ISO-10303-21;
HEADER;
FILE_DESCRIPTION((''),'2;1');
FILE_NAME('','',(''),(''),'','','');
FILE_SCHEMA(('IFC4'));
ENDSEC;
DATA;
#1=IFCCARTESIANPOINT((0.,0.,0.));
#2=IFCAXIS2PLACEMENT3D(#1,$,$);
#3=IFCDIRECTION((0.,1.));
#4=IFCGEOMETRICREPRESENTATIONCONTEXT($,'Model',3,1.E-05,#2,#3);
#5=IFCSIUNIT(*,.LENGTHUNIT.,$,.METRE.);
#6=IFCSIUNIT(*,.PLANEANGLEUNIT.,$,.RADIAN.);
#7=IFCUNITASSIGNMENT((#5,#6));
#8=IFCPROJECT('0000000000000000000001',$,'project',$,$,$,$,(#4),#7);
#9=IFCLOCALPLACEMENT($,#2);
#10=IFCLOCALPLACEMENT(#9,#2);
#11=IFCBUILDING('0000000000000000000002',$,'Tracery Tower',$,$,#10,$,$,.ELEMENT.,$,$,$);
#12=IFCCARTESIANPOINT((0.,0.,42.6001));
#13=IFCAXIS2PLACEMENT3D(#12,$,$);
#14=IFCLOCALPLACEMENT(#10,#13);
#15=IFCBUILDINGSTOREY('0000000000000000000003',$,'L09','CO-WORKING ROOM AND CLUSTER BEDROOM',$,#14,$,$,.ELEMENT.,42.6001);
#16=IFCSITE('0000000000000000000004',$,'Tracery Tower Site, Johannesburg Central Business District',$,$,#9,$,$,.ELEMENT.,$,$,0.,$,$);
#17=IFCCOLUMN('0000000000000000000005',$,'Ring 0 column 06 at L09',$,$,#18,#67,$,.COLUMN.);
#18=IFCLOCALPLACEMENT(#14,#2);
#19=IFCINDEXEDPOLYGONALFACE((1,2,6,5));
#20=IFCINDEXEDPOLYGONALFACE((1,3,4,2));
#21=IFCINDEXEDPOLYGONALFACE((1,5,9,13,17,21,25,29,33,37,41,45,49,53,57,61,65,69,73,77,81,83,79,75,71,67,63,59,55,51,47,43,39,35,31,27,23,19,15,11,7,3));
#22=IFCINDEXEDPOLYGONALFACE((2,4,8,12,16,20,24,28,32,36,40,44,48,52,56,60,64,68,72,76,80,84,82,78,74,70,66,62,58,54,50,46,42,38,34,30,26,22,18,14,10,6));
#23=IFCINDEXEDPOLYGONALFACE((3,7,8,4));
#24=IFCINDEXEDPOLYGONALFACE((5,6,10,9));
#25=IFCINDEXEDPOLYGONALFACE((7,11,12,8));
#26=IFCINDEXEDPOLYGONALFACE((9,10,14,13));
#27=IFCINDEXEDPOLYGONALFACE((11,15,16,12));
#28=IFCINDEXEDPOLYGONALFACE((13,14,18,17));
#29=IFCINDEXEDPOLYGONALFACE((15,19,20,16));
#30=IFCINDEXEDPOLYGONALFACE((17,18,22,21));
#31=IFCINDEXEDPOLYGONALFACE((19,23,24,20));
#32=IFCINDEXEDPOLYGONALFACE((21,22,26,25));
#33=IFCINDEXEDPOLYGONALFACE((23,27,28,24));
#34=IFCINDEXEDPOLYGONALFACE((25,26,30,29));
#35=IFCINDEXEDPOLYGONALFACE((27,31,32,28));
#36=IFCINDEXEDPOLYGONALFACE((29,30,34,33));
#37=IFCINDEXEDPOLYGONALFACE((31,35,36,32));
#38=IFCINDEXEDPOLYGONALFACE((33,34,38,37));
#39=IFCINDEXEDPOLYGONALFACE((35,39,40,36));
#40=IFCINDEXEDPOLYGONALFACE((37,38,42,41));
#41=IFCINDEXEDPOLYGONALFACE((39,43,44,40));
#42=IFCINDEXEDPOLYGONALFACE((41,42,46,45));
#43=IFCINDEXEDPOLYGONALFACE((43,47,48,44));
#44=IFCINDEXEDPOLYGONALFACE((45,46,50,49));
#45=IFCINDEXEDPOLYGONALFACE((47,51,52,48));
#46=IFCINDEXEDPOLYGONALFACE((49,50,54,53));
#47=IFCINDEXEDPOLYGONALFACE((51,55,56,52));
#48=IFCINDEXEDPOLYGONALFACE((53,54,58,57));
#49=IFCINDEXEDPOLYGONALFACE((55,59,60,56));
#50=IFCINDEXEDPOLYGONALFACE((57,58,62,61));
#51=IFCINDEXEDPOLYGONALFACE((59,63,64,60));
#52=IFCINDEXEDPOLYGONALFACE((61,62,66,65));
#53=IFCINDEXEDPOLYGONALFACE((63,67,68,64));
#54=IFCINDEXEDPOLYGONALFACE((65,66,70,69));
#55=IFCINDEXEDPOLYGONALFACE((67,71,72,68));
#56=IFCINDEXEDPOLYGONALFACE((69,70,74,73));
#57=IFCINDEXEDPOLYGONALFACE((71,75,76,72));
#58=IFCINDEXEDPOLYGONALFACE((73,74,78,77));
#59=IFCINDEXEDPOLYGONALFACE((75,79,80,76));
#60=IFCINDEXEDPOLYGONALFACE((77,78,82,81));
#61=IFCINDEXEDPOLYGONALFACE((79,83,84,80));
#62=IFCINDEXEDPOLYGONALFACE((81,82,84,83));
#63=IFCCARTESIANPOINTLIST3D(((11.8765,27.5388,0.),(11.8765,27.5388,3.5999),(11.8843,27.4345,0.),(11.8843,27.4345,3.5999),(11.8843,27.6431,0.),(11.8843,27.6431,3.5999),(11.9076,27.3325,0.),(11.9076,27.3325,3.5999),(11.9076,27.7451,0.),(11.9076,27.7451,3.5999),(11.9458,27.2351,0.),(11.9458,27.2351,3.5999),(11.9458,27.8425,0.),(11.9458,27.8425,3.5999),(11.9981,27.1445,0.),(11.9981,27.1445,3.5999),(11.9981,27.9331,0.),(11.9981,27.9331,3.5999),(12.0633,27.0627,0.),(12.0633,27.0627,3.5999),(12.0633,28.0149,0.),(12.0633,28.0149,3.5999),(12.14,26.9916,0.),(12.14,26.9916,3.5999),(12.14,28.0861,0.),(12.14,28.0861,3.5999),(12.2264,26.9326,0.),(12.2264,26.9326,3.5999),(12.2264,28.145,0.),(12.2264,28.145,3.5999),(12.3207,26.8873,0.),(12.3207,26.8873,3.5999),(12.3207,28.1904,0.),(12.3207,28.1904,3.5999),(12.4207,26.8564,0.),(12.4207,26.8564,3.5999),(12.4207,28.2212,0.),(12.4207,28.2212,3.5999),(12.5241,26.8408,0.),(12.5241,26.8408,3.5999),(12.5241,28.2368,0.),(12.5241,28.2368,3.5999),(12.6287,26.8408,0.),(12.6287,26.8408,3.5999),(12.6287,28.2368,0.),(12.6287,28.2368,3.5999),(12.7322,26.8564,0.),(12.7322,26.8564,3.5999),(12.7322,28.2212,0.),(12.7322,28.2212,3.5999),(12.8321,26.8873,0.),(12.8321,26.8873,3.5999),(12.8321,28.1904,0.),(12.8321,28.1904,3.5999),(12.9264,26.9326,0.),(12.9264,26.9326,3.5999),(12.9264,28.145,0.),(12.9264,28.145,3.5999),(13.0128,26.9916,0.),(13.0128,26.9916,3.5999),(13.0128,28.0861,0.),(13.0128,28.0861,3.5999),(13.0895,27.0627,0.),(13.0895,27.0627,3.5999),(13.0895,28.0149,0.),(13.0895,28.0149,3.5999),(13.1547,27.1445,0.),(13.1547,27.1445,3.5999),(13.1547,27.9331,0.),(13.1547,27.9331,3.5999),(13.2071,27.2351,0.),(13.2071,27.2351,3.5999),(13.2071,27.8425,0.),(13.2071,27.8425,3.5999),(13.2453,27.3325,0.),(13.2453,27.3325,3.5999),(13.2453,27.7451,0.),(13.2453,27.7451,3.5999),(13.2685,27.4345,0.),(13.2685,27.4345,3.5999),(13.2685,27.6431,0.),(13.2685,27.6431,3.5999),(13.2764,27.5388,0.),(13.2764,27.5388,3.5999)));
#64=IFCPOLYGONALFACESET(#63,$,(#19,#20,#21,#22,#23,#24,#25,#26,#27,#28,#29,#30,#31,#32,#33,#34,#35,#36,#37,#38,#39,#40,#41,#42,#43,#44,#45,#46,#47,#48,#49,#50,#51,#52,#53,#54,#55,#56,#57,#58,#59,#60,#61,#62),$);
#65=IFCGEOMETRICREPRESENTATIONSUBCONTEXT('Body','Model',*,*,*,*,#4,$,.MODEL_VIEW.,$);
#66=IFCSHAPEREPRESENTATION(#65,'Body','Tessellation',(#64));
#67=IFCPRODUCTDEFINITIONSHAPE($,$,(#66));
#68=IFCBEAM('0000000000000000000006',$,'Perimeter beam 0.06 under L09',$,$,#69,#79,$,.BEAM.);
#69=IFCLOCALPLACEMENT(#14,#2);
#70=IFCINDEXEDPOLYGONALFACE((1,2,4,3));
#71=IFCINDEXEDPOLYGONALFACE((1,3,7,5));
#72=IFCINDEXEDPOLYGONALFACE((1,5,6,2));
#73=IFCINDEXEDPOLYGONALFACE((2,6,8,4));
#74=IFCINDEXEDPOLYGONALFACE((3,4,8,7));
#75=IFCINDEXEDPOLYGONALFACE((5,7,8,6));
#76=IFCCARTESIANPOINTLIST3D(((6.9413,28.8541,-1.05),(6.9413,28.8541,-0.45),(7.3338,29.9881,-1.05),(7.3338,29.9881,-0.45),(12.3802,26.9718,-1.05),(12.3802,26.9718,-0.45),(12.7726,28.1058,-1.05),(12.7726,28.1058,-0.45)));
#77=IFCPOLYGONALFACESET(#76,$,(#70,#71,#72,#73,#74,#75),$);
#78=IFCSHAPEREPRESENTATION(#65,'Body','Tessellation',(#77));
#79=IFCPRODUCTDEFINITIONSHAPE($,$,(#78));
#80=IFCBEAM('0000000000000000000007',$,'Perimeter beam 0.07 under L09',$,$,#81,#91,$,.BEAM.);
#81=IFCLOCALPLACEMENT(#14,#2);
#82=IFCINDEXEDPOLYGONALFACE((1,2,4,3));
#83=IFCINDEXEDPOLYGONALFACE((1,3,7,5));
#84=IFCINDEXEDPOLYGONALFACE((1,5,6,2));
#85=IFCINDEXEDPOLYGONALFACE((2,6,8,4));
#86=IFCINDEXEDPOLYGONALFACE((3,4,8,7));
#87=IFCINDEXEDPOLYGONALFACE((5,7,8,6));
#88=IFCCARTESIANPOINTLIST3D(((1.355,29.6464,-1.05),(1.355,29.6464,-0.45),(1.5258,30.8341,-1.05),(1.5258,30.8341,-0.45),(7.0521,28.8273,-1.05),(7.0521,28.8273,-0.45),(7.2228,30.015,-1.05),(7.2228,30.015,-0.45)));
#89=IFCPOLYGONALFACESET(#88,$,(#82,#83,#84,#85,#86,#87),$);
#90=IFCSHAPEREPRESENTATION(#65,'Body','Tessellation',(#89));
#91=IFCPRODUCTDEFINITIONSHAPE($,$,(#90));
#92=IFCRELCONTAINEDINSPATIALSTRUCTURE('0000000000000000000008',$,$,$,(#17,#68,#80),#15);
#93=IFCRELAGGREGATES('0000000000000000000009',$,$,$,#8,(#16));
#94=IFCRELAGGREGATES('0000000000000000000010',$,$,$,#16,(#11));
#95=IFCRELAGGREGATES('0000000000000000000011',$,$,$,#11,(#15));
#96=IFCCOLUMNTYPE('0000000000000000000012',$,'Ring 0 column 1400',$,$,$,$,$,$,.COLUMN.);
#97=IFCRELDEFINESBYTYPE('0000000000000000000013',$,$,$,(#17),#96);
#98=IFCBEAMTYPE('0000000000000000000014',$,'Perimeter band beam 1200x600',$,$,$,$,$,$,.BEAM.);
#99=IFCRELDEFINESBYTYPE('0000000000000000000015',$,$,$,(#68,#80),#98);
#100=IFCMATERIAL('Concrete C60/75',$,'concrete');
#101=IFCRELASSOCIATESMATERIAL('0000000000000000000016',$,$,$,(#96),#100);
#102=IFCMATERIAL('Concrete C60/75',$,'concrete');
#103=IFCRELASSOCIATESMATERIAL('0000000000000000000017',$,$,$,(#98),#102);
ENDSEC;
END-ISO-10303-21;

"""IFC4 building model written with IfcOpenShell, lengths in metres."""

from ifc_helpers import new_model, si_unit, direction, frame, origin, origin_2d, place, context, subcontext, project, spatial, rectangle, circle, extrude, material, material_profile, profile_set, type_object, element, save


model = new_model("IFC4")

# Units and contexts
model_context = context("Model", 3, precision=1e-05, world=origin(), true_north=direction((0.0, 1.0)))
body_context = subcontext(model_context, "Body", "Model", "MODEL_VIEW")
ifc_project = project(units=[si_unit("LENGTHUNIT", "METRE"), si_unit("PLANEANGLEUNIT", "RADIAN")], contexts=[model_context])

# Site, building, storey
site_placement = place(None, origin())
site = spatial("IfcSite", under=ifc_project, at=site_placement, Name="Tracery Tower Site, Johannesburg Central Business District", CompositionType="ELEMENT", RefElevation=0.0)
building_placement = place(site_placement, origin())
building = spatial("IfcBuilding", under=site, at=building_placement, Name="Tracery Tower", CompositionType="ELEMENT")
storey_placement = place(building_placement, frame((0.0, 0.0, 42.6001)))
storey = spatial("IfcBuildingStorey", under=building, at=storey_placement, Name="L09", Description="CO-WORKING ROOM AND CLUSTER BEDROOM", CompositionType="ELEMENT", Elevation=42.6001)

# Column
ifc_material_1 = material(Name="Concrete C60/75", Category="concrete")
ifc_material_profile_1 = material_profile(ifc_material_1, circle(Radius=0.7, at=origin_2d()), Name="RC D1400")
ifc_profile_set_1 = profile_set([ifc_material_profile_1], Name="Concrete C60/75")
column_type = type_object("IfcColumnType", Name="Ring 0 column 1400", PredefinedType="COLUMN", material=ifc_profile_set_1)
column_placement = place(storey_placement, frame((12.5764, 27.5388, 0.0), z_axis=(0.0, 0.0, 1.0), x_axis=(1.0, 0.0, 0.0)))
element("IfcColumn", 1, at=column_placement, inside=storey, type_object=column_type, Name="Ring 0 column 06 at L09", PredefinedType="COLUMN", context=body_context, shape_type="SweptSolid", body=[
    extrude(circle(Radius=0.7, at=origin_2d()), origin(), (0.0, 0.0, 1.0), 3.5999),
])

# Beams
ifc_material_2 = material(Name="Concrete C60/75", Category="concrete")
ifc_material_profile_2 = material_profile(ifc_material_2, rectangle(XDim=1.2, YDim=0.6001, at=origin_2d()), Name="RC 1200x600")
ifc_profile_set_2 = profile_set([ifc_material_profile_2], Name="Concrete C60/75")
beam_type = type_object("IfcBeamType", Name="Perimeter band beam 1200x600", PredefinedType="BEAM", material=ifc_profile_set_2)
beam_1_placement = place(storey_placement, frame((12.5764, 27.5388, -0.75), z_axis=(-0.945007, 0.327049, 0.0), x_axis=(-0.327049, -0.945007, 0.0)))
element("IfcBeam", 2, at=beam_1_placement, inside=storey, type_object=beam_type, Name="Perimeter beam 0.06 under L09", PredefinedType="BEAM", context=body_context, shape_type="SweptSolid", body=[
    extrude(rectangle(XDim=1.2, YDim=0.6001, at=origin_2d()), origin(), (0.0, 0.0, 1.0), 5.7554),
])
beam_2_placement = place(storey_placement, frame((7.1375, 29.4211, -0.75), z_axis=(-0.989822, 0.142312, 0.0), x_axis=(-0.142312, -0.989822, 0.0)))
element("IfcBeam", 3, at=beam_2_placement, inside=storey, type_object=beam_type, Name="Perimeter beam 0.07 under L09", PredefinedType="BEAM", context=body_context, shape_type="SweptSolid", body=[
    extrude(rectangle(XDim=1.2, YDim=0.6001, at=origin_2d()), origin(), (0.0, 0.0, 1.0), 5.7556),
])

save(model, "model.ifc")
